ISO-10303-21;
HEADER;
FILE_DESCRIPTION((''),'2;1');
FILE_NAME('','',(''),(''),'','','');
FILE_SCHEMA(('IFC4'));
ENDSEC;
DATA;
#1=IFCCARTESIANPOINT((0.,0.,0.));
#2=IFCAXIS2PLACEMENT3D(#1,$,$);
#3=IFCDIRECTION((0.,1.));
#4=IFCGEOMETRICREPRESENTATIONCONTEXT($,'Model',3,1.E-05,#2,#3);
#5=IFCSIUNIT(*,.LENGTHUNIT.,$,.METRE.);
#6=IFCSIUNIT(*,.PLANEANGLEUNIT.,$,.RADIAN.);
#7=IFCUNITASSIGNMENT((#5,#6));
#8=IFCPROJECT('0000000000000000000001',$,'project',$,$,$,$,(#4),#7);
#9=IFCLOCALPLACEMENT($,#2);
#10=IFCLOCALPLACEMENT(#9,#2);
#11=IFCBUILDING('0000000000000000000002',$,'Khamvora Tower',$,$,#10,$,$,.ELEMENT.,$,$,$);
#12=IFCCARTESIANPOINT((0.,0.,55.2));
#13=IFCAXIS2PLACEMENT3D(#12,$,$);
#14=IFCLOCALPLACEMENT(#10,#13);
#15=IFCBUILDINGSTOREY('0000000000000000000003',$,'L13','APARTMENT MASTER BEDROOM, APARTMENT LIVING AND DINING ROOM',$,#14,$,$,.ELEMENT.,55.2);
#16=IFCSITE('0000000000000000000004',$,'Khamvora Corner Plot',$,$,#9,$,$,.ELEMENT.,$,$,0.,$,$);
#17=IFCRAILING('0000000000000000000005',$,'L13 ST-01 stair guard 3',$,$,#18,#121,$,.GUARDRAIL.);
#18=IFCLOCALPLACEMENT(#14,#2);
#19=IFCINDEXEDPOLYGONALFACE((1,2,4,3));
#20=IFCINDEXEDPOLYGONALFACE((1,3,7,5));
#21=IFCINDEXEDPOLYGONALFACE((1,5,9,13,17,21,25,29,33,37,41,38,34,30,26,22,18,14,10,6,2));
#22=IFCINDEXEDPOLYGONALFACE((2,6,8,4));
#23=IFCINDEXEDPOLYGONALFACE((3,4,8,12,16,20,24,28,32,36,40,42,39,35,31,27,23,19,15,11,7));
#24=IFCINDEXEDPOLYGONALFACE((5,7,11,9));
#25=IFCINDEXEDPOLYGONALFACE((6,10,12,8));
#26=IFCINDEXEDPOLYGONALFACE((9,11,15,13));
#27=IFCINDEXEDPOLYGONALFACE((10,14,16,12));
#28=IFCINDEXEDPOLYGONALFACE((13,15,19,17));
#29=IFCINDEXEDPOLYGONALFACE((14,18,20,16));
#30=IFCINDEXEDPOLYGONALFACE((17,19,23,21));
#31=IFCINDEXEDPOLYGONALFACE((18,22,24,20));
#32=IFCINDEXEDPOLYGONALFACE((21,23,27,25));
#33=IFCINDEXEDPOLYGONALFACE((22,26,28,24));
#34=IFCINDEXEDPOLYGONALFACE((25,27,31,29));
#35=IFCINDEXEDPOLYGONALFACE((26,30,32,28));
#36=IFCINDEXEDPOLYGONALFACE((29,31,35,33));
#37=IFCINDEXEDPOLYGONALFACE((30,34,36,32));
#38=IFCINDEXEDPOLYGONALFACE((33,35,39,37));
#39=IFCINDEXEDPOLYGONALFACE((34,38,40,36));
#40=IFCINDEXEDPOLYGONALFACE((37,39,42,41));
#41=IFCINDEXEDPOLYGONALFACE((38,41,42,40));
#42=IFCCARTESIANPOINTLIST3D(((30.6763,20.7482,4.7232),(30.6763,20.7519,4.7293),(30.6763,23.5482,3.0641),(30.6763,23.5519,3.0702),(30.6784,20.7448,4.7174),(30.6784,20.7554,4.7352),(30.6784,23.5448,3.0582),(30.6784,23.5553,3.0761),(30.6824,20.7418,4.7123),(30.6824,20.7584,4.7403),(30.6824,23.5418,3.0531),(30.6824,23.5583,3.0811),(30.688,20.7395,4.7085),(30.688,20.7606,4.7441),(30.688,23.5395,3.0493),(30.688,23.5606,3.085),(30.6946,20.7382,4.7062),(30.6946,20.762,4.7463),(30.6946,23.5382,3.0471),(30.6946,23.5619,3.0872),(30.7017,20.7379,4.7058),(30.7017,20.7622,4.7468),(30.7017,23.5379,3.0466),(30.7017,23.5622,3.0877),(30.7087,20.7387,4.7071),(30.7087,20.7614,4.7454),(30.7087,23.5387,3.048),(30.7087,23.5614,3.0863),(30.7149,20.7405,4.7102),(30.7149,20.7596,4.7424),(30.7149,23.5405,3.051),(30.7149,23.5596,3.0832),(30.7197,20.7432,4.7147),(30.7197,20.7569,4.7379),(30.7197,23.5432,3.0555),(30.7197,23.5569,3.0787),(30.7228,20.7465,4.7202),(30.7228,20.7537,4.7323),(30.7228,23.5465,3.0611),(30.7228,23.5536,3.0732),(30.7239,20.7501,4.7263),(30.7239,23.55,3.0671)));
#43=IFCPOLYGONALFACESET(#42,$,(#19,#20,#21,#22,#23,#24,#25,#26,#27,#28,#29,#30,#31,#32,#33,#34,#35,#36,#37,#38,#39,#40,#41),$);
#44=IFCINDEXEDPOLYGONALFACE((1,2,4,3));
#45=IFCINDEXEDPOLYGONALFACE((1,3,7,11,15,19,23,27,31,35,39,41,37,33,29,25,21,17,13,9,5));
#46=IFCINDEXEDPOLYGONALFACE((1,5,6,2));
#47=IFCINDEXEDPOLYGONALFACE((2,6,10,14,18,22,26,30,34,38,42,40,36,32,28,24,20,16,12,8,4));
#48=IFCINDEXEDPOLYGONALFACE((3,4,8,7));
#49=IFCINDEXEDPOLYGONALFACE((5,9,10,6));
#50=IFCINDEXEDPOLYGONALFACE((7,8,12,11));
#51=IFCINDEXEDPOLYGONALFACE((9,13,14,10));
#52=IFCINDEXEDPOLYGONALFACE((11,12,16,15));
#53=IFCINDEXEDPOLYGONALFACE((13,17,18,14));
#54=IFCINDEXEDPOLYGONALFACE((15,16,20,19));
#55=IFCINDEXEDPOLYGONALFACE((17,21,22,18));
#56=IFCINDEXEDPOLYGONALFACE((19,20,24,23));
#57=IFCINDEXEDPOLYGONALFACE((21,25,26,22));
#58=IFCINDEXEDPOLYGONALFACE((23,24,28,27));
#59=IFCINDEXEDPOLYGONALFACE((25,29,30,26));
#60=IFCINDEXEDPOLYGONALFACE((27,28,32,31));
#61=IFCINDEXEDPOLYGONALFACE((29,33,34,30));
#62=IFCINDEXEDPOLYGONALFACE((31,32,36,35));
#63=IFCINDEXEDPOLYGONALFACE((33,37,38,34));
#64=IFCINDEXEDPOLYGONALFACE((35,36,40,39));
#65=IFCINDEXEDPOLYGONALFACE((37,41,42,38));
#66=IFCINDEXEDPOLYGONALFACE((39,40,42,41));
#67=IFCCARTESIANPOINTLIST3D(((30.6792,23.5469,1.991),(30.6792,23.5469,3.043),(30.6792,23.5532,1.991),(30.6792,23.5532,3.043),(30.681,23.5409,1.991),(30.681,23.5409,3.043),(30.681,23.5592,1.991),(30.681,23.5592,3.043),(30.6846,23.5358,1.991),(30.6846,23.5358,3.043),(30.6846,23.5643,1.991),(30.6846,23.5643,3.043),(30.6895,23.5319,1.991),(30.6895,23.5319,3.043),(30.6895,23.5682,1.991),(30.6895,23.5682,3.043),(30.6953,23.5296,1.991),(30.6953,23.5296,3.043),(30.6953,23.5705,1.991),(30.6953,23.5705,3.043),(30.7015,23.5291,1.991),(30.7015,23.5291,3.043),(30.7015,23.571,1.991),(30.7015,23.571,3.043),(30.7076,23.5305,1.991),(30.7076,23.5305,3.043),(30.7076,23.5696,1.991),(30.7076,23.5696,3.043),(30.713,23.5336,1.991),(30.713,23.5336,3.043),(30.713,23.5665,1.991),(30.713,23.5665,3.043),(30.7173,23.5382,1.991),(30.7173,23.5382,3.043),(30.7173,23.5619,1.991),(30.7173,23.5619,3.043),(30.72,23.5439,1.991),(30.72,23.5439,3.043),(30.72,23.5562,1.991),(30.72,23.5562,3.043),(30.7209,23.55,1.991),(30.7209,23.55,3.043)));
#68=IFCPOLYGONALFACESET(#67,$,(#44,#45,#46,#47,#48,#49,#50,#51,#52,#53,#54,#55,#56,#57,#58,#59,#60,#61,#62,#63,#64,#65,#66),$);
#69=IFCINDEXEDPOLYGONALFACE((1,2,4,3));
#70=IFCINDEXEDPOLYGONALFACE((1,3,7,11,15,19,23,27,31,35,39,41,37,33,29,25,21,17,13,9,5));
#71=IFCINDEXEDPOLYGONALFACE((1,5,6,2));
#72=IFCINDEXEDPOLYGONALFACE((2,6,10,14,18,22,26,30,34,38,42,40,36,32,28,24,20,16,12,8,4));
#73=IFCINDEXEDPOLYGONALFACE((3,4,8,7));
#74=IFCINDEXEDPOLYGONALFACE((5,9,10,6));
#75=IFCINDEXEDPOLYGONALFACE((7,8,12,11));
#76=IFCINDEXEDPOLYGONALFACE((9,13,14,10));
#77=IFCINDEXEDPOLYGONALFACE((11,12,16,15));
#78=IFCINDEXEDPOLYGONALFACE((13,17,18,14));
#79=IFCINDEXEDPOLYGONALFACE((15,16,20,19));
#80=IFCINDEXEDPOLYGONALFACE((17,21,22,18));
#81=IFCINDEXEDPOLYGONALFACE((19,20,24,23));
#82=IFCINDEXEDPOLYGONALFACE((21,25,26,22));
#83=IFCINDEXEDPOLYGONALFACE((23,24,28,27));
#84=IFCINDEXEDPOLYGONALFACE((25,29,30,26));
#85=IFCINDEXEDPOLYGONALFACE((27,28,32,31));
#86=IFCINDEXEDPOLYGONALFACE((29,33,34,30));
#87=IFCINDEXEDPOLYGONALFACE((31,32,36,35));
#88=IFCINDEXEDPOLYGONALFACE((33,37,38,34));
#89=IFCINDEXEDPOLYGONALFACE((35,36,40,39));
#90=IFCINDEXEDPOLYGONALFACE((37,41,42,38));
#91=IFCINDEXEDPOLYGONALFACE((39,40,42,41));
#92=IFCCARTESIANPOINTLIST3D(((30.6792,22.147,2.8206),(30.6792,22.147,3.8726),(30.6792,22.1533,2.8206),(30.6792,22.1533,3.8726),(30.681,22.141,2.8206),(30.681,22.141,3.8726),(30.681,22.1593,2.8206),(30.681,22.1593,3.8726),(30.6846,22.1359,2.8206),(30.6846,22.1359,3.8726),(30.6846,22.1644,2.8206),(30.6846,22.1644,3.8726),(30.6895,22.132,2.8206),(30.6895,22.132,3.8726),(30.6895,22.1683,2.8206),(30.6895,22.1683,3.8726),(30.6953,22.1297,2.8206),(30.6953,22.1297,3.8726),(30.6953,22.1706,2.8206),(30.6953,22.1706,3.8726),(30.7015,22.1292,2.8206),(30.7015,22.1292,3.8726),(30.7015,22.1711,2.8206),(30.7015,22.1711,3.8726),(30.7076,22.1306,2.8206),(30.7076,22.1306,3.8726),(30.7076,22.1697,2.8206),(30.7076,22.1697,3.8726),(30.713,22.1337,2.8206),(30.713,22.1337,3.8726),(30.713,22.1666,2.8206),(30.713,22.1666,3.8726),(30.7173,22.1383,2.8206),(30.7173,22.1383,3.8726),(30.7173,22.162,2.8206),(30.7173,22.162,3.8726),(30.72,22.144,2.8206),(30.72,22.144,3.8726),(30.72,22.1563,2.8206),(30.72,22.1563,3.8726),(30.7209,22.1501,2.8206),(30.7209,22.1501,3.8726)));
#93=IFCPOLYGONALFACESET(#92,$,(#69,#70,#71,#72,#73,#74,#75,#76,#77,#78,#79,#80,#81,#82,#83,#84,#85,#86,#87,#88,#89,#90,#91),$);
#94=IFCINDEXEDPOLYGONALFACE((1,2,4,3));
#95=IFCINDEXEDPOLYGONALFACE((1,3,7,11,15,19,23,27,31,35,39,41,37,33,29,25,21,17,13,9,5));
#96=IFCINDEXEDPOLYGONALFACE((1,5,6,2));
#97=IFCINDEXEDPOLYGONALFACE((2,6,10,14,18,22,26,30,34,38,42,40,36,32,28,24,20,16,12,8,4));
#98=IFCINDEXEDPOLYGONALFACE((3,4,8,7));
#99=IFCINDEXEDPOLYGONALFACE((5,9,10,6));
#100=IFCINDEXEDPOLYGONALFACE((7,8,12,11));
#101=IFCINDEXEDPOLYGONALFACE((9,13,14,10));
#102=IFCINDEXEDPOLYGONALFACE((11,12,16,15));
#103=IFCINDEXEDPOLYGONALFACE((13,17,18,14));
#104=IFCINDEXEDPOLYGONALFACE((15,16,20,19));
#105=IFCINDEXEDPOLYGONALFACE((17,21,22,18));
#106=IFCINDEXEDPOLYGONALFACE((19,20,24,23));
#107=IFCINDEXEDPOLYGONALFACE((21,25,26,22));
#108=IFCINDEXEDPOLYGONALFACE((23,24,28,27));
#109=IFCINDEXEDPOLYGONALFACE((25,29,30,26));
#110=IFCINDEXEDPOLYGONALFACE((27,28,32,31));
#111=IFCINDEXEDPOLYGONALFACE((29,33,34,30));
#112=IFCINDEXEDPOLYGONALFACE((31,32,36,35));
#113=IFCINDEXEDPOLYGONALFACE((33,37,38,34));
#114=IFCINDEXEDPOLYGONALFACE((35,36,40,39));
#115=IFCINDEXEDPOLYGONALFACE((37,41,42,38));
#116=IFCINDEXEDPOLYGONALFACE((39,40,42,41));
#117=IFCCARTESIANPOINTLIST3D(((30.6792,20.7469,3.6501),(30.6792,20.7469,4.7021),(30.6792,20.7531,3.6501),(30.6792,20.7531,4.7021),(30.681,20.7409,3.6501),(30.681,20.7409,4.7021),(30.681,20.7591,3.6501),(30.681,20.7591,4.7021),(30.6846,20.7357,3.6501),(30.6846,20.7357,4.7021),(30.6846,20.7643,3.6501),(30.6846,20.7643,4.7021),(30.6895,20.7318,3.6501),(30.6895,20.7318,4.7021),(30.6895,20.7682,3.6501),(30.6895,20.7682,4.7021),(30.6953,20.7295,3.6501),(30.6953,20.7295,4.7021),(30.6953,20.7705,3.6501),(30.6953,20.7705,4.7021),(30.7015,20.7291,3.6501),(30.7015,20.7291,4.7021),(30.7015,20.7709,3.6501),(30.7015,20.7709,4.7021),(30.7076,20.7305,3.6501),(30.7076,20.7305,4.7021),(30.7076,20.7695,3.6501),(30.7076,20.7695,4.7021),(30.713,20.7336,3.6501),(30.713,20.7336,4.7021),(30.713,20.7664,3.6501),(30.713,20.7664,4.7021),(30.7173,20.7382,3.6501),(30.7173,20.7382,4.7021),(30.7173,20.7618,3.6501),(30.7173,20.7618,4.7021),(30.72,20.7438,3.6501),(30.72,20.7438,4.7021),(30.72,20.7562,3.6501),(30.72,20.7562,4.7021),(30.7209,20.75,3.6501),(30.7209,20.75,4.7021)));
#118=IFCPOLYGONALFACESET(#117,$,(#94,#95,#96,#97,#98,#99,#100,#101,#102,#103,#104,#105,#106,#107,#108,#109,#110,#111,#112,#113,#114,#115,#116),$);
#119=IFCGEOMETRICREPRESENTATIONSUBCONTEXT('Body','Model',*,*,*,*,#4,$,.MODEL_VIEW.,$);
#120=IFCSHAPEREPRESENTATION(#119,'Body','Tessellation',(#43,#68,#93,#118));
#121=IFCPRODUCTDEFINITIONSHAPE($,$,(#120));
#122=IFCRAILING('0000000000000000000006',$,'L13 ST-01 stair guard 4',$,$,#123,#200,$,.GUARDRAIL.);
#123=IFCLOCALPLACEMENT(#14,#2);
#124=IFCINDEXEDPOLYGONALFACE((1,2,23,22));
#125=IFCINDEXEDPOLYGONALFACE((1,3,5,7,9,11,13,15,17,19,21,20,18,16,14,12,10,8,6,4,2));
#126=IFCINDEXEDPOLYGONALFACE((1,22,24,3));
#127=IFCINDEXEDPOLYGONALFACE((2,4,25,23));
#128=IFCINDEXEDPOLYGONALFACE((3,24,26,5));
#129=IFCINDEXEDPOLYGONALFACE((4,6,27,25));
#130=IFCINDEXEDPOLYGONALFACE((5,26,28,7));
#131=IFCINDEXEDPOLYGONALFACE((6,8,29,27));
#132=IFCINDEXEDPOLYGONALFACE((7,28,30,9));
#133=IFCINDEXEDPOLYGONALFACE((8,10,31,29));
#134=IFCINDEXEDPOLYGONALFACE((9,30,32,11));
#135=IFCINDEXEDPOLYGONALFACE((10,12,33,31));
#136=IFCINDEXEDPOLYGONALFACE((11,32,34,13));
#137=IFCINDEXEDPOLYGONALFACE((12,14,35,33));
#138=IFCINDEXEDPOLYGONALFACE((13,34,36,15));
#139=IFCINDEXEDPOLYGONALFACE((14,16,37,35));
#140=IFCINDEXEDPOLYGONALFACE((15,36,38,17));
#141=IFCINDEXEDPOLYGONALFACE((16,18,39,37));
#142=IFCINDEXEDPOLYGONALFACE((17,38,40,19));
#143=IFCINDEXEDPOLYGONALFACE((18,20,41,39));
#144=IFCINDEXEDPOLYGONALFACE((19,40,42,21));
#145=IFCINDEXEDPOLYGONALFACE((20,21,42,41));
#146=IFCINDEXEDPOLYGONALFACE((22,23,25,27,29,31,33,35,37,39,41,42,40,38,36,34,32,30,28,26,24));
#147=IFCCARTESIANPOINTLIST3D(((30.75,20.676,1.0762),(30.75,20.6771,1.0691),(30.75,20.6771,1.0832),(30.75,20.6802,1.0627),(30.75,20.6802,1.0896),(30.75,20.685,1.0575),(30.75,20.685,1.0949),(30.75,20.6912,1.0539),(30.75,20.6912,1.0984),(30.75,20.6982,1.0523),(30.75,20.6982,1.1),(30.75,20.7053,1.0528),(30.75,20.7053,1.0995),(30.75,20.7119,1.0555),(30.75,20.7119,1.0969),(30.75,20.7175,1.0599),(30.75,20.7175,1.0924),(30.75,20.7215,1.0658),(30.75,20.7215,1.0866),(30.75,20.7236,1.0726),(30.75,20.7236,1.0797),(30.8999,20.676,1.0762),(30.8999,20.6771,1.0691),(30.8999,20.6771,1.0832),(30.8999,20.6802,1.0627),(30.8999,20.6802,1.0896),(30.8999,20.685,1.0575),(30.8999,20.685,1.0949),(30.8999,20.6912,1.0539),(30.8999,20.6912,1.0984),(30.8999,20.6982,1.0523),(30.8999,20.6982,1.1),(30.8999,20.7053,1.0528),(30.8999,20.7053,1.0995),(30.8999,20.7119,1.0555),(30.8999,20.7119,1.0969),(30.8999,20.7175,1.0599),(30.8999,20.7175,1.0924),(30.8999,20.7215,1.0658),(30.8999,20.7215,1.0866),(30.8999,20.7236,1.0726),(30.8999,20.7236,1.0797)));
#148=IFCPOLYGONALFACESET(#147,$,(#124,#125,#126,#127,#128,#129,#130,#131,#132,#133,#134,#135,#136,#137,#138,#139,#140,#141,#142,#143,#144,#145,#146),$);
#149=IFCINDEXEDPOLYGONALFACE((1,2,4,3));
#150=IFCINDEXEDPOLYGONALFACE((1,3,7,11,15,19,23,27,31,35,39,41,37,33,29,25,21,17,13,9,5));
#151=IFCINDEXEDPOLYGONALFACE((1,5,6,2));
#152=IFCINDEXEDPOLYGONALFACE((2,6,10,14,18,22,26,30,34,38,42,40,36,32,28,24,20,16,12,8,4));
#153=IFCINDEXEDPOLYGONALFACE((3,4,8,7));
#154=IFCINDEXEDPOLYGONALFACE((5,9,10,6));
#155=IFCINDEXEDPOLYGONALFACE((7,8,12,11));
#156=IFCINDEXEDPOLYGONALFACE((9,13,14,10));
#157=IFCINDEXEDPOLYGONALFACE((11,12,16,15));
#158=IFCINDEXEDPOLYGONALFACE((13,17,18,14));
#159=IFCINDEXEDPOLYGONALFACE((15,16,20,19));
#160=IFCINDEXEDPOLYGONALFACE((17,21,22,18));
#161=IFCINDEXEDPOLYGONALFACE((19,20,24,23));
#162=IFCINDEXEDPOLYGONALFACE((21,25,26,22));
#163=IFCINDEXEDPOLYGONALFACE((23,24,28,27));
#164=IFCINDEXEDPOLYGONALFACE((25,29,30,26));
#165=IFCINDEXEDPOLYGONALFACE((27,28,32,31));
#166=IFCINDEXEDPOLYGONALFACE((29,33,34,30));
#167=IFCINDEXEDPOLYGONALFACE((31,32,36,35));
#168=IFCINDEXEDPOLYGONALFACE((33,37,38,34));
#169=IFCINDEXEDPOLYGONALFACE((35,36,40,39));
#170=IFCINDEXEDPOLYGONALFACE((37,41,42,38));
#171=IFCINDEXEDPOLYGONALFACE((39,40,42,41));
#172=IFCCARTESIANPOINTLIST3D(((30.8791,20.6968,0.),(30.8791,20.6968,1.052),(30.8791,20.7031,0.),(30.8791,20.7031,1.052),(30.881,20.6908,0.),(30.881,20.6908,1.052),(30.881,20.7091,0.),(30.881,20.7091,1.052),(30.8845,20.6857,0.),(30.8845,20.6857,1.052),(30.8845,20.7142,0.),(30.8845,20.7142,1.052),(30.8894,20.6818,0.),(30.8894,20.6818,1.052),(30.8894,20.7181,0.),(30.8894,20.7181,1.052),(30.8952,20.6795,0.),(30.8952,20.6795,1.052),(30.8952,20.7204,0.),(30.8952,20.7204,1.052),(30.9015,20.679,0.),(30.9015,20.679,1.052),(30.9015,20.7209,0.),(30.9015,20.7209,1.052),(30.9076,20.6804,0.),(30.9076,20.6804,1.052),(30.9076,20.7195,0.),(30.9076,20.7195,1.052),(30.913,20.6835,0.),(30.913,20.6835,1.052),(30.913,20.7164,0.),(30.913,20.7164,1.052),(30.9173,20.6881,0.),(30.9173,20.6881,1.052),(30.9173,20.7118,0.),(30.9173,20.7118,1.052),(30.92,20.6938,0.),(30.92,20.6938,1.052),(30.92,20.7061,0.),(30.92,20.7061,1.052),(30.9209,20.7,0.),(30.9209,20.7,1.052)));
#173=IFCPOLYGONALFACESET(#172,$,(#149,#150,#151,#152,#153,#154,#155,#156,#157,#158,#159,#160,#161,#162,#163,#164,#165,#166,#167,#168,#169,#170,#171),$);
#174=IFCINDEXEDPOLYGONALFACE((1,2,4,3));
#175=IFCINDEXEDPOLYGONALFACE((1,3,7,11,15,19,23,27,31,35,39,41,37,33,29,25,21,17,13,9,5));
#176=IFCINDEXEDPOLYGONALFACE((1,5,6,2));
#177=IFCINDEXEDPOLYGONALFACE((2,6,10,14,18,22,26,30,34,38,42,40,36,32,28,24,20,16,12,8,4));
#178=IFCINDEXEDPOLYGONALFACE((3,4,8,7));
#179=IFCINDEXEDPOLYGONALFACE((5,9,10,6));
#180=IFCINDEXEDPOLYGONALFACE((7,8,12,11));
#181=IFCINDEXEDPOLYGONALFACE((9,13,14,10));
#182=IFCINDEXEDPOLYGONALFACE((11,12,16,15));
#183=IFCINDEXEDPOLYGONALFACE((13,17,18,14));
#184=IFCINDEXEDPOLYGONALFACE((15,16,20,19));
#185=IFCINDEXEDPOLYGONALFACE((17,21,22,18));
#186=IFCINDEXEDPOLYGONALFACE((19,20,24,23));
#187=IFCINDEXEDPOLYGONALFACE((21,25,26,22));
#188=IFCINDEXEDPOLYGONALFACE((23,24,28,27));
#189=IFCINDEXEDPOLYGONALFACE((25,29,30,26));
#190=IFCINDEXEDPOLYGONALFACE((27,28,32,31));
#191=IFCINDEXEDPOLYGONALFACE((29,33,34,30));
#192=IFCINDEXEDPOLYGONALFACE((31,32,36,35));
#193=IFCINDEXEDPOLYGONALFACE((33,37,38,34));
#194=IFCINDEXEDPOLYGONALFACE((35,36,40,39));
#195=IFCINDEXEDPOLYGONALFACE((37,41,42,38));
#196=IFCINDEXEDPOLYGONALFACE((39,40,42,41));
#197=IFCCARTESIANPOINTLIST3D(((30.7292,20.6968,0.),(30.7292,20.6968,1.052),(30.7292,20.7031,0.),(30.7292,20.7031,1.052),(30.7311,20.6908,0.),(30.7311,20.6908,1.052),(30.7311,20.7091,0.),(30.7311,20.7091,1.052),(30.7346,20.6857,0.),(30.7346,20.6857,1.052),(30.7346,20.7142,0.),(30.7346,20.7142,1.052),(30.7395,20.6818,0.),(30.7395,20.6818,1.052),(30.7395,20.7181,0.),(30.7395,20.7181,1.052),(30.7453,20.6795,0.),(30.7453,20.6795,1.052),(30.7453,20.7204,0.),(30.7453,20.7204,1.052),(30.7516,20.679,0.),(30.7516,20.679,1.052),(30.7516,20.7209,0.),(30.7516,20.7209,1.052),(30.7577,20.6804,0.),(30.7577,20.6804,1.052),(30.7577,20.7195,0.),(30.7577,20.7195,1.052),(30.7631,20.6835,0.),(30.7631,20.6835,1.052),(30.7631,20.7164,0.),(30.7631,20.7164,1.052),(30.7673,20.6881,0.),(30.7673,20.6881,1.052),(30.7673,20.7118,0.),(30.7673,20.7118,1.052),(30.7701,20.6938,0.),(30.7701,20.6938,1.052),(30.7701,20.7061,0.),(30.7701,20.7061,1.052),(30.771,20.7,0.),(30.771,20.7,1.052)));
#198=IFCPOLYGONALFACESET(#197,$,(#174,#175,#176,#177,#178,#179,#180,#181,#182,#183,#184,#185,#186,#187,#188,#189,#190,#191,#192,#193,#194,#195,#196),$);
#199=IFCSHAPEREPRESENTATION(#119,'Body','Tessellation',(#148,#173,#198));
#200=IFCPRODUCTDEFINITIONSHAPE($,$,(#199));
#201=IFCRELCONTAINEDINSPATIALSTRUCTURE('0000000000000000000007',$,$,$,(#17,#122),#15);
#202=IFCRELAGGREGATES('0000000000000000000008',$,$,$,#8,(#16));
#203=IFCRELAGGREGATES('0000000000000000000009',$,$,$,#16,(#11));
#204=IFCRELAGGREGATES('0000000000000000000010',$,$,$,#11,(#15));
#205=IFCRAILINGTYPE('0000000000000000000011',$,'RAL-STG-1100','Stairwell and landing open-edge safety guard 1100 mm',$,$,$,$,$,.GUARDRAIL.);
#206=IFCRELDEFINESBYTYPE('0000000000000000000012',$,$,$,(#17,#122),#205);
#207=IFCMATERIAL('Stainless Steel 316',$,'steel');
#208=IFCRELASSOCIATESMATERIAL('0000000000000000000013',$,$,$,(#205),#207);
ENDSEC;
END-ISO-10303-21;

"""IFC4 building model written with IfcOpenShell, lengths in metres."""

from ifc_helpers import new_model, si_unit, direction, frame, origin, origin_2d, place, context, subcontext, project, spatial, circle, extrude, material, type_object, element, save


model = new_model("IFC4")

# Units and contexts
model_context = context("Model", 3, precision=1e-05, world=origin(), true_north=direction((0.0, 1.0)))
body_context = subcontext(model_context, "Body", "Model", "MODEL_VIEW")
ifc_project = project(units=[si_unit("LENGTHUNIT", "METRE"), si_unit("PLANEANGLEUNIT", "RADIAN")], contexts=[model_context])

# Site, building, storey
site_placement = place(None, origin())
site = spatial("IfcSite", under=ifc_project, at=site_placement, Name="Khamvora Corner Plot", CompositionType="ELEMENT", RefElevation=0.0)
building_placement = place(site_placement, origin())
building = spatial("IfcBuilding", under=site, at=building_placement, Name="Khamvora Tower", CompositionType="ELEMENT")
storey_placement = place(building_placement, frame((0.0, 0.0, 55.2)))
storey = spatial("IfcBuildingStorey", under=building, at=storey_placement, Name="L13", Description="APARTMENT MASTER BEDROOM, APARTMENT LIVING AND DINING ROOM", CompositionType="ELEMENT", Elevation=55.2)

# Railings
ifc_material_1 = material(Name="Stainless Steel 316", Category="steel")
railing_type_1 = type_object("IfcRailingType", Name="RAL-STG-1100", Description="Stairwell and landing open-edge safety guard 1100 mm", PredefinedType="GUARDRAIL", material=ifc_material_1)
railing_1_placement = place(storey_placement, frame((30.7, 23.55, 1.991)))
element("IfcRailing", 1, at=railing_1_placement, inside=storey, type_object=railing_type_1, Name="L13 ST-01 stair guard 3", PredefinedType="GUARDRAIL", context=body_context, shape_type="SweptSolid", body=[
    extrude(circle(Radius=0.0239, at=origin_2d()), frame((0.0, 0.0, 1.0762), z_axis=(0.0, -0.860306, 0.509778), x_axis=(1.0, 0.0, 0.0)), (0.0, 0.0, 1.0), 3.2546),
    extrude(circle(Radius=0.021, at=origin_2d()), origin(), (0.0, 0.0, 1.0), 1.052),
    extrude(circle(Radius=0.021, at=origin_2d()), frame((0.0, -1.3999, 0.8296)), (0.0, 0.0, 1.0), 1.052),
    extrude(circle(Radius=0.021, at=origin_2d()), frame((0.0, -2.8, 1.6592)), (0.0, 0.0, 1.0), 1.052),
])
railing_2_placement = place(storey_placement, frame((30.8999, 20.7, 0.0)))
element("IfcRailing", 2, at=railing_2_placement, inside=storey, type_object=railing_type_1, Name="L13 ST-01 stair guard 4", PredefinedType="GUARDRAIL", context=body_context, shape_type="SweptSolid", body=[
    extrude(circle(Radius=0.0239, at=origin_2d()), frame((0.0, 0.0, 1.0762), z_axis=(-1.0, 0.0, 0.0), x_axis=(0.0, -1.0, 0.0)), (0.0, 0.0, 1.0), 0.1499),
    extrude(circle(Radius=0.021, at=origin_2d()), origin(), (0.0, 0.0, 1.0), 1.052),
    extrude(circle(Radius=0.021, at=origin_2d()), frame((-0.1499, 0.0, 0.0)), (0.0, 0.0, 1.0), 1.052),
])

save(model, "model.ifc")
